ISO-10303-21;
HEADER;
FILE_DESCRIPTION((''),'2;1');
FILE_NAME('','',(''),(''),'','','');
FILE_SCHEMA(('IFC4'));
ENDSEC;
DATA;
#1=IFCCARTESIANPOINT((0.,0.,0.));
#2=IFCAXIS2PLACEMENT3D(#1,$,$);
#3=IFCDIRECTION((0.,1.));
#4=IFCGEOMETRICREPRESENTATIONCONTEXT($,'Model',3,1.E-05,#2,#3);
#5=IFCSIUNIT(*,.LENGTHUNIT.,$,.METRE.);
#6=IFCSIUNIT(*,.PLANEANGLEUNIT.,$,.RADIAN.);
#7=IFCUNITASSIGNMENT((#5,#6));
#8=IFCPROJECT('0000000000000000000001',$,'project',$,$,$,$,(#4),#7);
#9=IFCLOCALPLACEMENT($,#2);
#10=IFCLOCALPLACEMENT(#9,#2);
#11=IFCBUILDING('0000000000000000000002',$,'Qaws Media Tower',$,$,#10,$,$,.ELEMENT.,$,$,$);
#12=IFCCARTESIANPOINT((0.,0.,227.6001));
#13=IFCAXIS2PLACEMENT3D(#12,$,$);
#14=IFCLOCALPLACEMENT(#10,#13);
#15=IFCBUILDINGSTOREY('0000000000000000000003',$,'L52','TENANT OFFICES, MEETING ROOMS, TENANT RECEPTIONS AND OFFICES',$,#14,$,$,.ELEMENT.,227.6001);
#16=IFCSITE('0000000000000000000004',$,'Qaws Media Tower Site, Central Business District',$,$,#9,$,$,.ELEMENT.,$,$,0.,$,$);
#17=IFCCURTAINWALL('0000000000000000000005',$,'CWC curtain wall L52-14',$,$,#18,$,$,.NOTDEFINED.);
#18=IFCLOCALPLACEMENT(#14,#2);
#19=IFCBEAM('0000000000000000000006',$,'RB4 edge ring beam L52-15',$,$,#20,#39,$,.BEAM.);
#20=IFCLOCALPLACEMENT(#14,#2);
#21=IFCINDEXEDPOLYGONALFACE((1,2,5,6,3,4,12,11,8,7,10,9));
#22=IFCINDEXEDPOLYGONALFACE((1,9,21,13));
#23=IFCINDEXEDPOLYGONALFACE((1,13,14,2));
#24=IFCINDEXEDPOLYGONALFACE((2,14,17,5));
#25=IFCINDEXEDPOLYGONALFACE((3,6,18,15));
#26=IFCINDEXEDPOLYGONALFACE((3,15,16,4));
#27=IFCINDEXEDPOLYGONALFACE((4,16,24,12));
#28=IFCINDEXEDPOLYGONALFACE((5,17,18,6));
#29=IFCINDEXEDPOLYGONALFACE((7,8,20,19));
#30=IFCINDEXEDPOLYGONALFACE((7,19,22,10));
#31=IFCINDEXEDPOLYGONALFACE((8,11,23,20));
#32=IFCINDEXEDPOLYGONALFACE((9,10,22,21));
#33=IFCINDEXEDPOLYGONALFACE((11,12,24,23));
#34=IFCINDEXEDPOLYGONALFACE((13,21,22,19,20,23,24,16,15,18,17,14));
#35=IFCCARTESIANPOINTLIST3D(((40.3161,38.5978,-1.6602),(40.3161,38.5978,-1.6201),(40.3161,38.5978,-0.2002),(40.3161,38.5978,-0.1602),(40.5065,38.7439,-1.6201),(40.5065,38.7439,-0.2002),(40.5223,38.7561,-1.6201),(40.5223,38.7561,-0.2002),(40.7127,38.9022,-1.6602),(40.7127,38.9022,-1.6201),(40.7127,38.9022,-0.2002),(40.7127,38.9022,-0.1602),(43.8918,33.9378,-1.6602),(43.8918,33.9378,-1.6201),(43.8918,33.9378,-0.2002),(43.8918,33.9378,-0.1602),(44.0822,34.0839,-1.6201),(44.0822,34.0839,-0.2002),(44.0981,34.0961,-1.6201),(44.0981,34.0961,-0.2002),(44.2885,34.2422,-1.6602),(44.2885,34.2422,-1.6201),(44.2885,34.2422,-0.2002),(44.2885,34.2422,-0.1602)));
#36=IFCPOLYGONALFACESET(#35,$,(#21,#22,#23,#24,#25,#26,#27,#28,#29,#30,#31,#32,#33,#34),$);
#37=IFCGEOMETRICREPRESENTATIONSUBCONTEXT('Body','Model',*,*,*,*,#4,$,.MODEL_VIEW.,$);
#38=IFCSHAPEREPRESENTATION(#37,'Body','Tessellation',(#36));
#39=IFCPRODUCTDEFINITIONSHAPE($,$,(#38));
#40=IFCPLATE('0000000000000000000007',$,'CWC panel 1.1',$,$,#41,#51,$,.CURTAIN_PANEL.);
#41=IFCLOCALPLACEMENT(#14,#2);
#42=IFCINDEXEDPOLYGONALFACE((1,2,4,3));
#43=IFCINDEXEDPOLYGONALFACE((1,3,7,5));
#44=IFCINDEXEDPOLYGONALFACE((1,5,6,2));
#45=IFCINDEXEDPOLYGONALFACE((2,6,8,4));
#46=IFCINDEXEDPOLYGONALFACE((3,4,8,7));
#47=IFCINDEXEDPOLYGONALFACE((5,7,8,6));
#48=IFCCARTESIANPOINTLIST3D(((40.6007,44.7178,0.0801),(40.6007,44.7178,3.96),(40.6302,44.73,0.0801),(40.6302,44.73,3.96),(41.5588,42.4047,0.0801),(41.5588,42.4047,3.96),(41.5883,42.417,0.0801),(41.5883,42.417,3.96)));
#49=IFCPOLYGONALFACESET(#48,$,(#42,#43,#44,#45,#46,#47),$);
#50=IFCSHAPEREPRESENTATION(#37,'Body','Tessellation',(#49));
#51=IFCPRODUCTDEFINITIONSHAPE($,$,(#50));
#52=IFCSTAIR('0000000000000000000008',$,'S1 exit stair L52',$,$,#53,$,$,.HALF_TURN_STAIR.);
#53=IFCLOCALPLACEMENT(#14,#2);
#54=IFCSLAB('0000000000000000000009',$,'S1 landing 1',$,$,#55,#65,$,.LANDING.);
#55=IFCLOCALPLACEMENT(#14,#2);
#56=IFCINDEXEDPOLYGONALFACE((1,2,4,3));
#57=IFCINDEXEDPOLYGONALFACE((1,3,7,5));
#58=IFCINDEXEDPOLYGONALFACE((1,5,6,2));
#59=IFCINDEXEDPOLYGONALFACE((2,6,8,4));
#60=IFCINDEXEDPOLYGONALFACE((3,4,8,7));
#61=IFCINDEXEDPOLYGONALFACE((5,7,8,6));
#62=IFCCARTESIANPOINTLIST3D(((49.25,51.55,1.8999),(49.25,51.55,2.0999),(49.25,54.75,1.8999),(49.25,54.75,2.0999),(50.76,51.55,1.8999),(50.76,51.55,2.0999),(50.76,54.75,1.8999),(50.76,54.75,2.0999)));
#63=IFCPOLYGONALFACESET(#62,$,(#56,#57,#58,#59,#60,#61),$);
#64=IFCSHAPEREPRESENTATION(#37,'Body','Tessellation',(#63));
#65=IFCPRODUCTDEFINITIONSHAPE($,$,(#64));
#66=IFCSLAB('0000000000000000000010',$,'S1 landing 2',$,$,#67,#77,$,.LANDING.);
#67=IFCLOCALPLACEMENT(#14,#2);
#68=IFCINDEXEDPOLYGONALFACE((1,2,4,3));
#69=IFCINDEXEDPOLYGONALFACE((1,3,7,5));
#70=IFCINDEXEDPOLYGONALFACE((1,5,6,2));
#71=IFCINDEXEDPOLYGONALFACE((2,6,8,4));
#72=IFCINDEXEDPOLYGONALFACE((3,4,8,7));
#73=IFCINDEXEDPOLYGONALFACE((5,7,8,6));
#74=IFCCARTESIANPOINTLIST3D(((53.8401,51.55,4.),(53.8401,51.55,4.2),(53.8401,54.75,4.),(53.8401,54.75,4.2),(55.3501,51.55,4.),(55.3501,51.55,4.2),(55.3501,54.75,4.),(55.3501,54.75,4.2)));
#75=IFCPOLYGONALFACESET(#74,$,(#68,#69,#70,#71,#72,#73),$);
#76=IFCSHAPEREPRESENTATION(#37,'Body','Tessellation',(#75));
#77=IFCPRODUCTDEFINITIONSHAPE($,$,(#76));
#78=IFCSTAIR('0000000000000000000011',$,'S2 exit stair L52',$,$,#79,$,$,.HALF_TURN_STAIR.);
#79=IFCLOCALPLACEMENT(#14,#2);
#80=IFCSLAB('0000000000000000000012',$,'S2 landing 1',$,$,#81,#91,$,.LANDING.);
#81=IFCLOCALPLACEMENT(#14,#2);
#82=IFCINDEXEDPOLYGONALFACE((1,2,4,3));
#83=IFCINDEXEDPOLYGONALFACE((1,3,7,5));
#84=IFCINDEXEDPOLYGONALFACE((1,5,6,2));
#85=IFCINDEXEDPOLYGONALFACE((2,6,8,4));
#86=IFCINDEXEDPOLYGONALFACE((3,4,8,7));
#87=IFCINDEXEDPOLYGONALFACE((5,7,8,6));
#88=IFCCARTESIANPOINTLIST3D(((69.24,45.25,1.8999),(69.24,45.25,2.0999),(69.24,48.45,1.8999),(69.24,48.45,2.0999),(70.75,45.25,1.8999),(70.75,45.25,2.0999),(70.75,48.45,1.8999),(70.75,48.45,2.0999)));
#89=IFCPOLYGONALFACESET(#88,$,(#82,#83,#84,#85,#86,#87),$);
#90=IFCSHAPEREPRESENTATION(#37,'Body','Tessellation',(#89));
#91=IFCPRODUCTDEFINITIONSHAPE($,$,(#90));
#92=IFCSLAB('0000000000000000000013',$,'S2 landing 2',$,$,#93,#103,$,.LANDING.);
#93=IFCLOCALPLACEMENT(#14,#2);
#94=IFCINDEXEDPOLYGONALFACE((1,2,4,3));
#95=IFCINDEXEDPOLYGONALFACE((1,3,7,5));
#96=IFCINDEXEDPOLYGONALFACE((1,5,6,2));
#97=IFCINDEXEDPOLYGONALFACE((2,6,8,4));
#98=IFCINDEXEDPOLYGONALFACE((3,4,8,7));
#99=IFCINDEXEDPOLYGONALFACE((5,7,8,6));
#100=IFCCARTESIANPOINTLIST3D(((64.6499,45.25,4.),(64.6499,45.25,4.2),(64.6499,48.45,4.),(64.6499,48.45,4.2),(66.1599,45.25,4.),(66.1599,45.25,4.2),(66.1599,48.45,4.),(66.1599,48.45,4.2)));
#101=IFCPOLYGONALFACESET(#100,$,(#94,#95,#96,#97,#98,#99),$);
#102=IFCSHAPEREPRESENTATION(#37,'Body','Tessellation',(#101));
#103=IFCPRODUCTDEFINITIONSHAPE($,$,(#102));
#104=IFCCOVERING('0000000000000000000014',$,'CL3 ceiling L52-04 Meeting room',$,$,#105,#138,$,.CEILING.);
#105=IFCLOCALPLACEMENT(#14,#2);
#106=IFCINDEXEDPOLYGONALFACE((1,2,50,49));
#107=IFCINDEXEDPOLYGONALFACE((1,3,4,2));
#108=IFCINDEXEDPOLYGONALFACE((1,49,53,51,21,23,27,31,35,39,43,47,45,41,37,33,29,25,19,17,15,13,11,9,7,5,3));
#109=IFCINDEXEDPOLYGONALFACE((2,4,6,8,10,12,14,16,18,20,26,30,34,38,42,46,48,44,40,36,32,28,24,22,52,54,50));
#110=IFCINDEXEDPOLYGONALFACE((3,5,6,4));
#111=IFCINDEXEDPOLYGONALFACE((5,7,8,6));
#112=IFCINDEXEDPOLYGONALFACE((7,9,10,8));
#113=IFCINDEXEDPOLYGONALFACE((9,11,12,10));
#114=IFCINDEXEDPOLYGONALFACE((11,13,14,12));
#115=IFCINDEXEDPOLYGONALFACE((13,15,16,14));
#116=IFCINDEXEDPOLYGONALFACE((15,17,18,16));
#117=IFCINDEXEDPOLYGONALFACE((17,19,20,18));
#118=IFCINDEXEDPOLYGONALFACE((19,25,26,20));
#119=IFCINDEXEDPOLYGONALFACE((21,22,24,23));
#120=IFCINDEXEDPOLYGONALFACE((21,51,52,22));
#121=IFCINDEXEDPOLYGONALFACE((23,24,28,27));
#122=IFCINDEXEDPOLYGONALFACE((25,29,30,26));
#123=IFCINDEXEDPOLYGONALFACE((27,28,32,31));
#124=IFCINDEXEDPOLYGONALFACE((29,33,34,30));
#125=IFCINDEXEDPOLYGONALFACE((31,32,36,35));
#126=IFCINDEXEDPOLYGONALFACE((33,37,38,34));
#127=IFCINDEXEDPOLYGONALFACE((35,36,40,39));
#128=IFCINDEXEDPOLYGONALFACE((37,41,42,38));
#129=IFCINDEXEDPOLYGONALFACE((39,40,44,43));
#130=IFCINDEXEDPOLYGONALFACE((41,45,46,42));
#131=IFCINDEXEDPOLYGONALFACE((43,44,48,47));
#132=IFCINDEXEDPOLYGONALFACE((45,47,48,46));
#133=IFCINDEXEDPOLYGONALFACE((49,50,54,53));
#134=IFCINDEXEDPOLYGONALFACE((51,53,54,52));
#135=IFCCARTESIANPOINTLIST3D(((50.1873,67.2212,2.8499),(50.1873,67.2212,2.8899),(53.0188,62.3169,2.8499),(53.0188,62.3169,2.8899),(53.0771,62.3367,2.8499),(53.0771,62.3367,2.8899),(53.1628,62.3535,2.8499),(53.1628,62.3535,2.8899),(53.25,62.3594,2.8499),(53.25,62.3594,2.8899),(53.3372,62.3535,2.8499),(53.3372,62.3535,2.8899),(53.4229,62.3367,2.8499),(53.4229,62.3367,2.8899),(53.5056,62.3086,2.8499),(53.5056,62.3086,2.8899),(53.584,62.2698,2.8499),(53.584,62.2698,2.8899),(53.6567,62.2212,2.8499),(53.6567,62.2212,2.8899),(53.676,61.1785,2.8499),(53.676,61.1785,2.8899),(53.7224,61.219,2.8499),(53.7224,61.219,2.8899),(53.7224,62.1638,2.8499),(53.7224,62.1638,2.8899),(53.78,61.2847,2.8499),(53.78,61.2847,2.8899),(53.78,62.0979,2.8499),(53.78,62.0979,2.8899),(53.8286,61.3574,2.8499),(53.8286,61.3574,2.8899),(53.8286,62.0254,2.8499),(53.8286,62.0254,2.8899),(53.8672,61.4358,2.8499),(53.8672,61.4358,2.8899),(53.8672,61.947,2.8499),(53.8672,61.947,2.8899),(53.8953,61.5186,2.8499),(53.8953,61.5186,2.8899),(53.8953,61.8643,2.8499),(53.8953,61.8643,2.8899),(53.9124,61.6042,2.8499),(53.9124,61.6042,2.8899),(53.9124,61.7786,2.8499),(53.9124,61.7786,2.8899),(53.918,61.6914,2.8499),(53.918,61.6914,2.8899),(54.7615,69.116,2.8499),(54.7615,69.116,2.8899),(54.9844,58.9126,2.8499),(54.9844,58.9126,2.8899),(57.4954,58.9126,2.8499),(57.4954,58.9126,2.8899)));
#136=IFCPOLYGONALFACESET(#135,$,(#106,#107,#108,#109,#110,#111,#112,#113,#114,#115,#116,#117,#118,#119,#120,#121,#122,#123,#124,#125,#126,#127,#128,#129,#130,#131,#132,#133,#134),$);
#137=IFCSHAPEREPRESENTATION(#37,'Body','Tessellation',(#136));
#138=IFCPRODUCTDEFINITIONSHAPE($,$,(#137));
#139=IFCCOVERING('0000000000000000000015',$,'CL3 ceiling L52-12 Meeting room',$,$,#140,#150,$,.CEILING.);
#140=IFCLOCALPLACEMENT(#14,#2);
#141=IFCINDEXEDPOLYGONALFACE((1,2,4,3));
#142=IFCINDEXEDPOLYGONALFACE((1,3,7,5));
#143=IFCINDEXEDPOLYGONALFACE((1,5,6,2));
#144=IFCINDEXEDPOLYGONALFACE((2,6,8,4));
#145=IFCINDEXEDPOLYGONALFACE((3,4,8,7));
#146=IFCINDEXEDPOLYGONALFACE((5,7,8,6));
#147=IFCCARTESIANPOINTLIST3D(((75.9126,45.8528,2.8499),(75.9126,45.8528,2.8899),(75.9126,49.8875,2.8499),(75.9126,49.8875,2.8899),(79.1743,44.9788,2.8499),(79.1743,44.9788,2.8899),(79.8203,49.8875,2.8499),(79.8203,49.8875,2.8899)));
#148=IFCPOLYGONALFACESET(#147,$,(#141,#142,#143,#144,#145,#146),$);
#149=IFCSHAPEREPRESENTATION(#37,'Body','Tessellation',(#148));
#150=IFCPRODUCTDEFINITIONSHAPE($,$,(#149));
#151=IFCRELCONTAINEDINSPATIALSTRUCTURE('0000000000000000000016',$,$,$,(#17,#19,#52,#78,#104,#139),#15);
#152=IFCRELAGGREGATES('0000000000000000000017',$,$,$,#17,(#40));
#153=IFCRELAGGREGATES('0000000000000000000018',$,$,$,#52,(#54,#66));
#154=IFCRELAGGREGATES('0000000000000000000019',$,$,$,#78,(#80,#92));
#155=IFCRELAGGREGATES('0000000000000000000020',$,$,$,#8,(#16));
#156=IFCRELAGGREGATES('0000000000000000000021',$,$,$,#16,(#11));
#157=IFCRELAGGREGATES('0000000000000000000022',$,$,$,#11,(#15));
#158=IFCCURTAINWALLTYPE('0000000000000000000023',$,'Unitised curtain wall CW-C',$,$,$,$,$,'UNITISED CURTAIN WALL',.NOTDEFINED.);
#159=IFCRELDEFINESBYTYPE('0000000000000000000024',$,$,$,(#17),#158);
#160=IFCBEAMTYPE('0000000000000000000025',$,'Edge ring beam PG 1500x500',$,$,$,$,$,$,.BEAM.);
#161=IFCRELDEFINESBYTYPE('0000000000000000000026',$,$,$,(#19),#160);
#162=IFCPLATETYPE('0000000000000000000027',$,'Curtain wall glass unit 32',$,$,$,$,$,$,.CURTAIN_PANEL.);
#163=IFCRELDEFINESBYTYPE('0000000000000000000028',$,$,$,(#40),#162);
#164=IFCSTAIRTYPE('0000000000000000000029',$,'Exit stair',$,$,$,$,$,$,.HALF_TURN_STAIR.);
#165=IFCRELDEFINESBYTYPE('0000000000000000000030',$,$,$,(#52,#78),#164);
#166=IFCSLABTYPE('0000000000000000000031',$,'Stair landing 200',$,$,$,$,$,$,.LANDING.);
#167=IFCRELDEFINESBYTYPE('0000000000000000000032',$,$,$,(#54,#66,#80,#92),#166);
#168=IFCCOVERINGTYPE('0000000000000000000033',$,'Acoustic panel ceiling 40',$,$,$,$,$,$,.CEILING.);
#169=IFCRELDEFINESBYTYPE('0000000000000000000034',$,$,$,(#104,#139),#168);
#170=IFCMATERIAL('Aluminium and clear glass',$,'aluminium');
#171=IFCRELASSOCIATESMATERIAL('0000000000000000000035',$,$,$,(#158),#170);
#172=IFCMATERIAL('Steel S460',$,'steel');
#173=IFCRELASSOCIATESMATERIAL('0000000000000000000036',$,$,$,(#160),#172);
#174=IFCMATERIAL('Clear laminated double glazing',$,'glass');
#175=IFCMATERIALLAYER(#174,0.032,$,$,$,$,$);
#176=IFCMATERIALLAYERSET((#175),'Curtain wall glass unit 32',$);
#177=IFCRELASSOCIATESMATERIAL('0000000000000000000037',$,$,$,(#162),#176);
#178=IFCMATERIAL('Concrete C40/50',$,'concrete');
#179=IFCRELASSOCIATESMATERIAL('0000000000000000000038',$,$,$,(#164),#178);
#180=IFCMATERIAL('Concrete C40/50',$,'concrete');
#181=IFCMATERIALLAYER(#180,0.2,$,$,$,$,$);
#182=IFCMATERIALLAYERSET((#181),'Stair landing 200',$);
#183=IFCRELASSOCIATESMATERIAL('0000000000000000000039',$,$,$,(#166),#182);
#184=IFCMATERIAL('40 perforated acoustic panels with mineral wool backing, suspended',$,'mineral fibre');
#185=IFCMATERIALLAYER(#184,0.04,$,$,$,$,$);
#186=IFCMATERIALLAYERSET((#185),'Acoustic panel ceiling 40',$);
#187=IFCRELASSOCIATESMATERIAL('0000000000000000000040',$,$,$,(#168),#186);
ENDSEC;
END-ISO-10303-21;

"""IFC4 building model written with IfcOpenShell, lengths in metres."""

from ifc_helpers import new_model, si_unit, direction, frame, origin, origin_2d, place, context, subcontext, project, spatial, polyline, rectangle, i_section, outline, extrude, material, layer, layer_set, material_profile, profile_set, type_object, element, aggregate, save


model = new_model("IFC4")

# Units and contexts
model_context = context("Model", 3, precision=1e-05, world=origin(), true_north=direction((0.0, 1.0)))
body_context = subcontext(model_context, "Body", "Model", "MODEL_VIEW")
ifc_project = project(units=[si_unit("LENGTHUNIT", "METRE"), si_unit("PLANEANGLEUNIT", "RADIAN")], contexts=[model_context])

# Site, building, storey
site_placement = place(None, origin())
site = spatial("IfcSite", under=ifc_project, at=site_placement, Name="Qaws Media Tower Site, Central Business District", CompositionType="ELEMENT", RefElevation=0.0)
building_placement = place(site_placement, origin())
building = spatial("IfcBuilding", under=site, at=building_placement, Name="Qaws Media Tower", CompositionType="ELEMENT")
storey_placement = place(building_placement, frame((0.0, 0.0, 227.6001)))
storey = spatial("IfcBuildingStorey", under=building, at=storey_placement, Name="L52", Description="TENANT OFFICES, MEETING ROOMS, TENANT RECEPTIONS AND OFFICES", CompositionType="ELEMENT", Elevation=227.6001)

# Curtain wall
ifc_material_1 = material(Name="Aluminium and clear glass", Category="aluminium")
curtain_wall_type = type_object("IfcCurtainWallType", Name="Unitised curtain wall CW-C", ElementType="UNITISED CURTAIN WALL", PredefinedType="NOTDEFINED", material=ifc_material_1)
curtain_wall_placement = place(storey_placement, origin())
curtain_wall = element("IfcCurtainWall", 1, at=curtain_wall_placement, inside=storey, type_object=curtain_wall_type, Name="CWC curtain wall L52-14", PredefinedType="NOTDEFINED")

# Beam
ifc_material_2 = material(Name="Steel S460", Category="steel")
ifc_material_profile_1 = material_profile(ifc_material_2, i_section(OverallWidth=0.5, OverallDepth=1.5, WebThickness=0.02, FlangeThickness=0.04, at=origin_2d()), Name="PG 1500x500")
ifc_profile_set_1 = profile_set([ifc_material_profile_1], Name="Steel S460")
beam_type = type_object("IfcBeamType", Name="Edge ring beam PG 1500x500", PredefinedType="BEAM", material=ifc_profile_set_1)
beam_placement = place(storey_placement, frame((40.5144, 38.75, -0.9102), z_axis=(0.608762, -0.793353, 0.0), x_axis=(0.793353, 0.608762, 0.0)))
element("IfcBeam", 2, at=beam_placement, inside=storey, type_object=beam_type, Name="RB4 edge ring beam L52-15", PredefinedType="BEAM", context=body_context, shape_type="SweptSolid", body=[
    extrude(i_section(OverallWidth=0.5, OverallDepth=1.5, WebThickness=0.02, FlangeThickness=0.04, at=origin_2d()), origin(), (0.0, 0.0, 1.0), 5.8738),
])

# Plate
ifc_material_3 = material(Name="Clear laminated double glazing", Category="glass")
ifc_layer_1 = layer(ifc_material_3, 0.032)
ifc_layer_set_1 = layer_set([ifc_layer_1], Name="Curtain wall glass unit 32")
plate_type = type_object("IfcPlateType", Name="Curtain wall glass unit 32", PredefinedType="CURTAIN_PANEL", material=ifc_layer_set_1)
plate_placement = place(storey_placement, frame((41.0945, 43.5674, 0.0801), z_axis=(0.0, 0.0, 1.0), x_axis=(0.382683, -0.92388, 0.0)))
plate = element("IfcPlate", 3, at=plate_placement, type_object=plate_type, Name="CWC panel 1.1", PredefinedType="CURTAIN_PANEL", context=body_context, shape_type="SweptSolid", body=[
    extrude(rectangle(XDim=2.5037, YDim=0.032, at=origin_2d()), origin(), (0.0, 0.0, 1.0), 3.8799),
])
aggregate(curtain_wall, [plate])

# Stairs, slabs
ifc_material_4 = material(Name="Concrete C40/50", Category="concrete")
stair_type = type_object("IfcStairType", Name="Exit stair", PredefinedType="HALF_TURN_STAIR", material=ifc_material_4)
stair_1_placement = place(storey_placement, origin())
stair_1 = element("IfcStair", 4, at=stair_1_placement, inside=storey, type_object=stair_type, Name="S1 exit stair L52", PredefinedType="HALF_TURN_STAIR")
ifc_material_5 = material(Name="Concrete C40/50", Category="concrete")
ifc_layer_2 = layer(ifc_material_5, 0.2)
ifc_layer_set_2 = layer_set([ifc_layer_2], Name="Stair landing 200")
slab_type = type_object("IfcSlabType", Name="Stair landing 200", PredefinedType="LANDING", material=ifc_layer_set_2)
slab_1_placement = place(storey_placement, frame((0.0, 0.0, 1.8999)))
slab_1 = element("IfcSlab", 5, at=slab_1_placement, type_object=slab_type, Name="S1 landing 1", PredefinedType="LANDING", context=body_context, shape_type="SweptSolid", body=[
    extrude(outline(polyline([(49.25, 51.55), (50.76, 51.55), (50.76, 54.75), (49.25, 54.75), (49.25, 51.55)])), origin(), (0.0, 0.0, 1.0), 0.2),
])
slab_2_placement = place(storey_placement, frame((0.0, 0.0, 4.0)))
slab_2 = element("IfcSlab", 6, at=slab_2_placement, type_object=slab_type, Name="S1 landing 2", PredefinedType="LANDING", context=body_context, shape_type="SweptSolid", body=[
    extrude(outline(polyline([(53.8401, 51.55), (55.3501, 51.55), (55.3501, 54.75), (53.8401, 54.75), (53.8401, 51.55)])), origin(), (0.0, 0.0, 1.0), 0.2),
])
aggregate(stair_1, [slab_1, slab_2])
stair_2_placement = place(storey_placement, origin())
stair_2 = element("IfcStair", 7, at=stair_2_placement, inside=storey, type_object=stair_type, Name="S2 exit stair L52", PredefinedType="HALF_TURN_STAIR")
slab_3_placement = place(storey_placement, frame((0.0, 0.0, 1.8999)))
slab_3 = element("IfcSlab", 8, at=slab_3_placement, type_object=slab_type, Name="S2 landing 1", PredefinedType="LANDING", context=body_context, shape_type="SweptSolid", body=[
    extrude(outline(polyline([(69.24, 45.25), (70.75, 45.25), (70.75, 48.45), (69.24, 48.45), (69.24, 45.25)])), origin(), (0.0, 0.0, 1.0), 0.2),
])
slab_4_placement = place(storey_placement, frame((0.0, 0.0, 4.0)))
slab_4 = element("IfcSlab", 9, at=slab_4_placement, type_object=slab_type, Name="S2 landing 2", PredefinedType="LANDING", context=body_context, shape_type="SweptSolid", body=[
    extrude(outline(polyline([(64.6499, 45.25), (66.1599, 45.25), (66.1599, 48.45), (64.6499, 48.45), (64.6499, 45.25)])), origin(), (0.0, 0.0, 1.0), 0.2),
])
aggregate(stair_2, [slab_3, slab_4])

# Coverings
ifc_material_6 = material(Name="40 perforated acoustic panels with mineral wool backing, suspended", Category="mineral fibre")
ifc_layer_3 = layer(ifc_material_6, 0.04)
ifc_layer_set_3 = layer_set([ifc_layer_3], Name="Acoustic panel ceiling 40")
covering_type_1 = type_object("IfcCoveringType", Name="Acoustic panel ceiling 40", PredefinedType="CEILING", material=ifc_layer_set_3)
covering_1_placement = place(storey_placement, frame((0.0, 0.0, 2.8499)))
element("IfcCovering", 10, at=covering_1_placement, inside=storey, type_object=covering_type_1, Name="CL3 ceiling L52-04 Meeting room", PredefinedType="CEILING", context=body_context, shape_type="SweptSolid", body=[
    extrude(outline(polyline([(54.7615, 69.116), (57.4954, 58.9126), (54.9844, 58.9126), (53.676, 61.1785), (53.7224, 61.219), (53.78, 61.2847), (53.8286, 61.3574), (53.8672, 61.4358), (53.8953, 61.5186), (53.9124, 61.6042), (53.918, 61.6914), (53.9124, 61.7786), (53.8953, 61.8643), (53.8672, 61.947), (53.8286, 62.0254), (53.78, 62.0979), (53.7224, 62.1638), (53.6567, 62.2212), (53.584, 62.2698), (53.5056, 62.3086), (53.4229, 62.3367), (53.3372, 62.3535), (53.25, 62.3594), (53.1628, 62.3535), (53.0771, 62.3367), (53.0188, 62.3169), (50.1873, 67.2212), (54.7615, 69.116)])), origin(), (0.0, 0.0, 1.0), 0.04),
])
covering_2_placement = place(storey_placement, frame((0.0, 0.0, 2.8499)))
element("IfcCovering", 11, at=covering_2_placement, inside=storey, type_object=covering_type_1, Name="CL3 ceiling L52-12 Meeting room", PredefinedType="CEILING", context=body_context, shape_type="SweptSolid", body=[
    extrude(outline(polyline([(79.1743, 44.9788), (75.9126, 45.8528), (75.9126, 49.8875), (79.8203, 49.8875), (79.1743, 44.9788)])), origin(), (0.0, 0.0, 1.0), 0.04),
])

save(model, "model.ifc")
